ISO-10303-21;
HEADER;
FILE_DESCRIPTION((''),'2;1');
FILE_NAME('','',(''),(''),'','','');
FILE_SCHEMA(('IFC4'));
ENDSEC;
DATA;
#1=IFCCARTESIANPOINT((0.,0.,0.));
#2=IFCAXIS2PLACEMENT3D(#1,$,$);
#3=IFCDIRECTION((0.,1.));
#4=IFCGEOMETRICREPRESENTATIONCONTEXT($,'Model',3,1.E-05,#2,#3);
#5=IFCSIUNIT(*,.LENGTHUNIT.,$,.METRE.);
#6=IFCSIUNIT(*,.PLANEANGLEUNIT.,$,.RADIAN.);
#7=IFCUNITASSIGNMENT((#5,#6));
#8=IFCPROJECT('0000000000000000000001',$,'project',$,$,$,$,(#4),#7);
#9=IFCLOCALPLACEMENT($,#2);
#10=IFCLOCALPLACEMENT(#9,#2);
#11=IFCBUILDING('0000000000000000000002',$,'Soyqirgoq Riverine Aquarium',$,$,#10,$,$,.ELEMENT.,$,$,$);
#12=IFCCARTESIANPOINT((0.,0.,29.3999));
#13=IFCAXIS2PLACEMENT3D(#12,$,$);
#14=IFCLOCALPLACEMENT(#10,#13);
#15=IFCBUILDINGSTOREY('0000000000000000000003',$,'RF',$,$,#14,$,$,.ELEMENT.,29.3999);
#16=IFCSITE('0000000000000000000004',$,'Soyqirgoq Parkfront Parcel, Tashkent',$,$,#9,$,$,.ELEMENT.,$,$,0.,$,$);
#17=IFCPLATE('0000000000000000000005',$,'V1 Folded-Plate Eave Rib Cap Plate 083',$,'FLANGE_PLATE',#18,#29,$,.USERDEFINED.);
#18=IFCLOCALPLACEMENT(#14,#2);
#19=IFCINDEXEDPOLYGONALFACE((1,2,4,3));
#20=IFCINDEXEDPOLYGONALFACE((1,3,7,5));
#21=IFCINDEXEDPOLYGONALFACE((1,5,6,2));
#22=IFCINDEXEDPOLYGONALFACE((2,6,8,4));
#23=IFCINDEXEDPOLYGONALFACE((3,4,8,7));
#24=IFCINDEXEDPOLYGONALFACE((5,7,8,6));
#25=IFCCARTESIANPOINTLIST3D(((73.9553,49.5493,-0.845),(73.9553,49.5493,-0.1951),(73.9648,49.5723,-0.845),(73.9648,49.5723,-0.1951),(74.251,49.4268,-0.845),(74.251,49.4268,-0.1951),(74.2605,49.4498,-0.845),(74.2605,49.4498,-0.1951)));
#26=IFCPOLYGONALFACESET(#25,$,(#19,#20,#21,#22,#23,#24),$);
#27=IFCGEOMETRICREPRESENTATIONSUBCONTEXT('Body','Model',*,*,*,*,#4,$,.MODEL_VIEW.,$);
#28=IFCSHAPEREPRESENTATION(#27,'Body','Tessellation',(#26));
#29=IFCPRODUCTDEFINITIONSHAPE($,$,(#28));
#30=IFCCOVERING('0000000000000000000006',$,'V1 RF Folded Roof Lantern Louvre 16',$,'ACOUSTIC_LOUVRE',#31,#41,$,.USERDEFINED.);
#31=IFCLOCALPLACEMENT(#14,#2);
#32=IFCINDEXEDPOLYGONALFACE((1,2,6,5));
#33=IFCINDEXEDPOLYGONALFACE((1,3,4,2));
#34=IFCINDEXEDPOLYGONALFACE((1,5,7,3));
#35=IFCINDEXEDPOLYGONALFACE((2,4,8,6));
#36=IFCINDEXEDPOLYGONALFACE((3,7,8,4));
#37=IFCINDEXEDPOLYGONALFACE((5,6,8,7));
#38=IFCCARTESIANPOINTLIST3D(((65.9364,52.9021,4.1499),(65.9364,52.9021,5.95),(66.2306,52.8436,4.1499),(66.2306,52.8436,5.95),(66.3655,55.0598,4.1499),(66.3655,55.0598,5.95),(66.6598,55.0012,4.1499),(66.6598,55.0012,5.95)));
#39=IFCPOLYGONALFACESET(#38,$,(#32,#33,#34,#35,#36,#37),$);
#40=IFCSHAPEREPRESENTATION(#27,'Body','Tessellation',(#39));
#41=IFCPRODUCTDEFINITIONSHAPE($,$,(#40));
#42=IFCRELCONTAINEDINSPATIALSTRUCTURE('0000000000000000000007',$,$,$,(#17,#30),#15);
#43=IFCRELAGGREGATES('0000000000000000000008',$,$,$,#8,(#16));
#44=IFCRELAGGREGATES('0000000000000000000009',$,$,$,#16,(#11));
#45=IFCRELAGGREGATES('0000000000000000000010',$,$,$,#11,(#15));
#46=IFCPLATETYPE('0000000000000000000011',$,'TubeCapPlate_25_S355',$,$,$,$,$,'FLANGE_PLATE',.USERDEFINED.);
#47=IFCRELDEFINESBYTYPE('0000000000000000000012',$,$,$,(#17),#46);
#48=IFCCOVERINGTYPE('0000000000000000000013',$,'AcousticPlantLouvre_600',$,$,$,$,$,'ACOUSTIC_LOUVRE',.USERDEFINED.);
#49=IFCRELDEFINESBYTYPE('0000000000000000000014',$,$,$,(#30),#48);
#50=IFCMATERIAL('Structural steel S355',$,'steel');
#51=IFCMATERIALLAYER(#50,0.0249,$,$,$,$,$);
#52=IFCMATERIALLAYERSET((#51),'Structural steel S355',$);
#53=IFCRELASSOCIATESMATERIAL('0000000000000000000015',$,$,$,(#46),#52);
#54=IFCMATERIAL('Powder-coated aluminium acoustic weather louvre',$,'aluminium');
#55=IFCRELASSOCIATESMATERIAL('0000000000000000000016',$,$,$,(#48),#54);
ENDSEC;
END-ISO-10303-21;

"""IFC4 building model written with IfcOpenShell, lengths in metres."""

from ifc_helpers import new_model, si_unit, direction, frame, origin, origin_2d, place, context, subcontext, project, spatial, rectangle, extrude, material, layer, layer_set, type_object, element, save


model = new_model("IFC4")

# Units and contexts
model_context = context("Model", 3, precision=1e-05, world=origin(), true_north=direction((0.0, 1.0)))
body_context = subcontext(model_context, "Body", "Model", "MODEL_VIEW")
ifc_project = project(units=[si_unit("LENGTHUNIT", "METRE"), si_unit("PLANEANGLEUNIT", "RADIAN")], contexts=[model_context])

# Site, building, storey
site_placement = place(None, origin())
site = spatial("IfcSite", under=ifc_project, at=site_placement, Name="Soyqirgoq Parkfront Parcel, Tashkent", CompositionType="ELEMENT", RefElevation=0.0)
building_placement = place(site_placement, origin())
building = spatial("IfcBuilding", under=site, at=building_placement, Name="Soyqirgoq Riverine Aquarium", CompositionType="ELEMENT")
storey_placement = place(building_placement, frame((0.0, 0.0, 29.3999)))
storey = spatial("IfcBuildingStorey", under=building, at=storey_placement, Name="RF", CompositionType="ELEMENT", Elevation=29.3999)

# Plate
ifc_material_1 = material(Name="Structural steel S355", Category="steel")
ifc_layer_1 = layer(ifc_material_1, 0.0249)
ifc_layer_set_1 = layer_set([ifc_layer_1], Name="Structural steel S355")
plate_type_1 = type_object("IfcPlateType", Name="TubeCapPlate_25_S355", ElementType="FLANGE_PLATE", PredefinedType="USERDEFINED", material=ifc_layer_set_1)
plate_1_placement = place(storey_placement, frame((74.1079, 49.4995, -0.845), z_axis=(0.0, 0.0, 1.0), x_axis=(0.92388, -0.382683, 0.0)))
element("IfcPlate", 1, at=plate_1_placement, inside=storey, type_object=plate_type_1, Name="V1 Folded-Plate Eave Rib Cap Plate 083", ObjectType="FLANGE_PLATE", PredefinedType="USERDEFINED", context=body_context, shape_type="SweptSolid", body=[
    extrude(rectangle(XDim=0.3201, YDim=0.0249, at=origin_2d()), origin(), (0.0, 0.0, 1.0), 0.6499),
])

# Covering
ifc_material_2 = material(Name="Powder-coated aluminium acoustic weather louvre", Category="aluminium")
covering_type = type_object("IfcCoveringType", Name="AcousticPlantLouvre_600", ElementType="ACOUSTIC_LOUVRE", PredefinedType="USERDEFINED", material=ifc_material_2)
covering_placement = place(storey_placement, frame((66.2981, 53.9517, 4.1499), z_axis=(0.0, 0.0, 1.0), x_axis=(0.19509, 0.980785, 0.0)))
element("IfcCovering", 2, at=covering_placement, inside=storey, type_object=covering_type, Name="V1 RF Folded Roof Lantern Louvre 16", ObjectType="ACOUSTIC_LOUVRE", PredefinedType="USERDEFINED", context=body_context, shape_type="SweptSolid", body=[
    extrude(rectangle(XDim=2.2, YDim=0.3, at=origin_2d()), origin(), (0.0, 0.0, 1.0), 1.8),
])

save(model, "model.ifc")
